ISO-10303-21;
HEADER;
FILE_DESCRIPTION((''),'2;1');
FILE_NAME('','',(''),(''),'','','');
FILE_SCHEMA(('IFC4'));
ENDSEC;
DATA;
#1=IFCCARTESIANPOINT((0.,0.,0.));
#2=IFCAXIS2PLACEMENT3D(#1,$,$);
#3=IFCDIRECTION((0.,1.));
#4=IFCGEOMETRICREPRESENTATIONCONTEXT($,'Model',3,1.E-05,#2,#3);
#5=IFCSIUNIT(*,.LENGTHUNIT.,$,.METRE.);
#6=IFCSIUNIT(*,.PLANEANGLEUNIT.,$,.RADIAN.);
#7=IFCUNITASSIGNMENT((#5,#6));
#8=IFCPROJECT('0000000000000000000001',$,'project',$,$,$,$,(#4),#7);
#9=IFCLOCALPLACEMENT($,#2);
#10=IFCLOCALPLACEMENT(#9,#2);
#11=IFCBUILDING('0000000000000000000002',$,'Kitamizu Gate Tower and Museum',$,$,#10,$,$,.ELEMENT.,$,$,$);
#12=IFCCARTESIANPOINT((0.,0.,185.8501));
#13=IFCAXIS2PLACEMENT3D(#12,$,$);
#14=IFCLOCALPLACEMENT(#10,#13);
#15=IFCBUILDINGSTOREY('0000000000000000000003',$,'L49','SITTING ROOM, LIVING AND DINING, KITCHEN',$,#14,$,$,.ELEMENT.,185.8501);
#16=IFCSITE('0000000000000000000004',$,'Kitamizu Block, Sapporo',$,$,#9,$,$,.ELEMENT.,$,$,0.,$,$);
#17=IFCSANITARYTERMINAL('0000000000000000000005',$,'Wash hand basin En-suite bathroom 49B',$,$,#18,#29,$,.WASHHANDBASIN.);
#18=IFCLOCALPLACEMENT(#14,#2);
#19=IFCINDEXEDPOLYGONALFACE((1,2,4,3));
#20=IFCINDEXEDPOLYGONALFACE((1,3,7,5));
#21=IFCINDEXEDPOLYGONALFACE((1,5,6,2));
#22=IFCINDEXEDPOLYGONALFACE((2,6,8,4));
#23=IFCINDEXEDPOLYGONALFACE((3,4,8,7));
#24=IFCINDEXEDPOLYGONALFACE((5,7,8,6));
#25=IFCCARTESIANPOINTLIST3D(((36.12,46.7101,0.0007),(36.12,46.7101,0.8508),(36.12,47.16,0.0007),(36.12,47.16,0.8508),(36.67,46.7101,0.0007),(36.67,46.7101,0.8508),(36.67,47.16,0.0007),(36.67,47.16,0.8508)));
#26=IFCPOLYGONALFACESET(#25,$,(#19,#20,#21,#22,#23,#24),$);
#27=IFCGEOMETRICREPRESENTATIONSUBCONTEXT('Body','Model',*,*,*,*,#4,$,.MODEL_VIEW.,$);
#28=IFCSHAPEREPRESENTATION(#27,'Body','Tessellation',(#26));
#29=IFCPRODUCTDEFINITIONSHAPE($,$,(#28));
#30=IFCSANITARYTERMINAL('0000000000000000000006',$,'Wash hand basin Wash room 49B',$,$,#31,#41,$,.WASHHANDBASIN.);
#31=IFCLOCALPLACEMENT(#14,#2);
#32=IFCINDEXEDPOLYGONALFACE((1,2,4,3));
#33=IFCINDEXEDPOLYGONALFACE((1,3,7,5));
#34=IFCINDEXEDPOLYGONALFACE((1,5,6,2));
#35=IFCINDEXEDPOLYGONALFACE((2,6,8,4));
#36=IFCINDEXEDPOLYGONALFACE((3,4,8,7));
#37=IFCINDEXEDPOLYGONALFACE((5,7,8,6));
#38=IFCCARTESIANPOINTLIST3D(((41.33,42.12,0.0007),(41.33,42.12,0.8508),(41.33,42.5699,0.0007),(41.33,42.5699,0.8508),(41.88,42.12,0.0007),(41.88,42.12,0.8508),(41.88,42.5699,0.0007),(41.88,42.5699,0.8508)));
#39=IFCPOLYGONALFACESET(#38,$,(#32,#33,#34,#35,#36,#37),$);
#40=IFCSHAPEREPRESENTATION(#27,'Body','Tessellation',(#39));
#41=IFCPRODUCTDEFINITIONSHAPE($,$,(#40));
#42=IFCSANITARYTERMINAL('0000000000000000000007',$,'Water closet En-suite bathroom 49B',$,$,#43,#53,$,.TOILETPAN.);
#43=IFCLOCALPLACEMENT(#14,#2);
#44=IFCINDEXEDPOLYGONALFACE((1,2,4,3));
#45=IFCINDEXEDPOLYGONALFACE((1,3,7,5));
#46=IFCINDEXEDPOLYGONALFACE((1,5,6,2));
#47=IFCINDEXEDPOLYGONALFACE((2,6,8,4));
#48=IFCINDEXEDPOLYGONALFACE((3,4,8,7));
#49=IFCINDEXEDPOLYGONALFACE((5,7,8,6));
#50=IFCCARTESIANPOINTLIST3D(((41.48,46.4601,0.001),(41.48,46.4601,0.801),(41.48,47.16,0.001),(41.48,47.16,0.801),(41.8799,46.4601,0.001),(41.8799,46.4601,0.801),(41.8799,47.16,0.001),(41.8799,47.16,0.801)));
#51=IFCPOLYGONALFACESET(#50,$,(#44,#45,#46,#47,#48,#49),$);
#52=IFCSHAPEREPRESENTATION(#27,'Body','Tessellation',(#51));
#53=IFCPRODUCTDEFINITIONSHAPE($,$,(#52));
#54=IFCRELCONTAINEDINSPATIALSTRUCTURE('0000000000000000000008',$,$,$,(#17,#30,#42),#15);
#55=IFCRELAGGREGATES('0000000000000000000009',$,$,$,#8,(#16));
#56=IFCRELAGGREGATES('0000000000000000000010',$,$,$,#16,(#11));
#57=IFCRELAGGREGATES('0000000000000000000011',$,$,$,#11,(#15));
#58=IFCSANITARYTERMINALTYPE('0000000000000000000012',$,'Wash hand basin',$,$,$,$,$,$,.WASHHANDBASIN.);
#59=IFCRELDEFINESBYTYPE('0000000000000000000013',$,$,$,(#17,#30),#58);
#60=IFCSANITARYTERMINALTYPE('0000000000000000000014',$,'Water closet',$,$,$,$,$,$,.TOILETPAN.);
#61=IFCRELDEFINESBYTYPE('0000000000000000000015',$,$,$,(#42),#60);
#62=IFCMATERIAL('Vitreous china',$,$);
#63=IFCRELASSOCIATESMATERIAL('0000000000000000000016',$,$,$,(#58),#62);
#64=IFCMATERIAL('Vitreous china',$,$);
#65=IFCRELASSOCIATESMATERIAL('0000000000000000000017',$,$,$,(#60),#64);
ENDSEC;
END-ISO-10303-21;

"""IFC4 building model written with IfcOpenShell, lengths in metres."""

from ifc_helpers import new_model, si_unit, direction, frame, origin, origin_2d, place, context, subcontext, project, spatial, rectangle, extrude, material, type_object, element, save


model = new_model("IFC4")

# Units and contexts
model_context = context("Model", 3, precision=1e-05, world=origin(), true_north=direction((0.0, 1.0)))
body_context = subcontext(model_context, "Body", "Model", "MODEL_VIEW")
ifc_project = project(units=[si_unit("LENGTHUNIT", "METRE"), si_unit("PLANEANGLEUNIT", "RADIAN")], contexts=[model_context])

# Site, building, storey
site_placement = place(None, origin())
site = spatial("IfcSite", under=ifc_project, at=site_placement, Name="Kitamizu Block, Sapporo", CompositionType="ELEMENT", RefElevation=0.0)
building_placement = place(site_placement, origin())
building = spatial("IfcBuilding", under=site, at=building_placement, Name="Kitamizu Gate Tower and Museum", CompositionType="ELEMENT")
storey_placement = place(building_placement, frame((0.0, 0.0, 185.8501)))
storey = spatial("IfcBuildingStorey", under=building, at=storey_placement, Name="L49", Description="SITTING ROOM, LIVING AND DINING, KITCHEN", CompositionType="ELEMENT", Elevation=185.8501)

# Sanitary terminals
ifc_material_1 = material(Name="Vitreous china")
sanitary_terminal_type_1 = type_object("IfcSanitaryTerminalType", Name="Wash hand basin", PredefinedType="WASHHANDBASIN", material=ifc_material_1)
for number, where, z_axis, x_axis, name in (
    (1, (36.395, 46.9351, 0.0007), (0.0, 0.0, 1.0), (1.0, 0.0, 0.0), "Wash hand basin En-suite bathroom 49B"),
    (2, (41.605, 42.345, 0.0007), (0.0, 0.0, 1.0), (1.0, 0.0, 0.0), "Wash hand basin Wash room 49B"),
):
    element("IfcSanitaryTerminal", number, at=place(storey_placement, frame(where, z_axis=z_axis, x_axis=x_axis)), inside=storey, type_object=sanitary_terminal_type_1, Name=name, PredefinedType="WASHHANDBASIN", context=body_context, shape_type="SweptSolid", body=[
        extrude(rectangle(XDim=0.55, YDim=0.45, at=origin_2d()), origin(), (0.0, 0.0, 1.0), 0.8501),
    ])
ifc_material_2 = material(Name="Vitreous china")
sanitary_terminal_type_2 = type_object("IfcSanitaryTerminalType", Name="Water closet", PredefinedType="TOILETPAN", material=ifc_material_2)
sanitary_terminal_1_placement = place(storey_placement, frame((41.6799, 46.8101, 0.001), z_axis=(0.0, 0.0, 1.0), x_axis=(1.0, 0.0, 0.0)))
element("IfcSanitaryTerminal", 3, at=sanitary_terminal_1_placement, inside=storey, type_object=sanitary_terminal_type_2, Name="Water closet En-suite bathroom 49B", PredefinedType="TOILETPAN", context=body_context, shape_type="SweptSolid", body=[
    extrude(rectangle(XDim=0.3999, YDim=0.7, at=origin_2d()), origin(), (0.0, 0.0, 1.0), 0.8),
])

save(model, "model.ifc")
